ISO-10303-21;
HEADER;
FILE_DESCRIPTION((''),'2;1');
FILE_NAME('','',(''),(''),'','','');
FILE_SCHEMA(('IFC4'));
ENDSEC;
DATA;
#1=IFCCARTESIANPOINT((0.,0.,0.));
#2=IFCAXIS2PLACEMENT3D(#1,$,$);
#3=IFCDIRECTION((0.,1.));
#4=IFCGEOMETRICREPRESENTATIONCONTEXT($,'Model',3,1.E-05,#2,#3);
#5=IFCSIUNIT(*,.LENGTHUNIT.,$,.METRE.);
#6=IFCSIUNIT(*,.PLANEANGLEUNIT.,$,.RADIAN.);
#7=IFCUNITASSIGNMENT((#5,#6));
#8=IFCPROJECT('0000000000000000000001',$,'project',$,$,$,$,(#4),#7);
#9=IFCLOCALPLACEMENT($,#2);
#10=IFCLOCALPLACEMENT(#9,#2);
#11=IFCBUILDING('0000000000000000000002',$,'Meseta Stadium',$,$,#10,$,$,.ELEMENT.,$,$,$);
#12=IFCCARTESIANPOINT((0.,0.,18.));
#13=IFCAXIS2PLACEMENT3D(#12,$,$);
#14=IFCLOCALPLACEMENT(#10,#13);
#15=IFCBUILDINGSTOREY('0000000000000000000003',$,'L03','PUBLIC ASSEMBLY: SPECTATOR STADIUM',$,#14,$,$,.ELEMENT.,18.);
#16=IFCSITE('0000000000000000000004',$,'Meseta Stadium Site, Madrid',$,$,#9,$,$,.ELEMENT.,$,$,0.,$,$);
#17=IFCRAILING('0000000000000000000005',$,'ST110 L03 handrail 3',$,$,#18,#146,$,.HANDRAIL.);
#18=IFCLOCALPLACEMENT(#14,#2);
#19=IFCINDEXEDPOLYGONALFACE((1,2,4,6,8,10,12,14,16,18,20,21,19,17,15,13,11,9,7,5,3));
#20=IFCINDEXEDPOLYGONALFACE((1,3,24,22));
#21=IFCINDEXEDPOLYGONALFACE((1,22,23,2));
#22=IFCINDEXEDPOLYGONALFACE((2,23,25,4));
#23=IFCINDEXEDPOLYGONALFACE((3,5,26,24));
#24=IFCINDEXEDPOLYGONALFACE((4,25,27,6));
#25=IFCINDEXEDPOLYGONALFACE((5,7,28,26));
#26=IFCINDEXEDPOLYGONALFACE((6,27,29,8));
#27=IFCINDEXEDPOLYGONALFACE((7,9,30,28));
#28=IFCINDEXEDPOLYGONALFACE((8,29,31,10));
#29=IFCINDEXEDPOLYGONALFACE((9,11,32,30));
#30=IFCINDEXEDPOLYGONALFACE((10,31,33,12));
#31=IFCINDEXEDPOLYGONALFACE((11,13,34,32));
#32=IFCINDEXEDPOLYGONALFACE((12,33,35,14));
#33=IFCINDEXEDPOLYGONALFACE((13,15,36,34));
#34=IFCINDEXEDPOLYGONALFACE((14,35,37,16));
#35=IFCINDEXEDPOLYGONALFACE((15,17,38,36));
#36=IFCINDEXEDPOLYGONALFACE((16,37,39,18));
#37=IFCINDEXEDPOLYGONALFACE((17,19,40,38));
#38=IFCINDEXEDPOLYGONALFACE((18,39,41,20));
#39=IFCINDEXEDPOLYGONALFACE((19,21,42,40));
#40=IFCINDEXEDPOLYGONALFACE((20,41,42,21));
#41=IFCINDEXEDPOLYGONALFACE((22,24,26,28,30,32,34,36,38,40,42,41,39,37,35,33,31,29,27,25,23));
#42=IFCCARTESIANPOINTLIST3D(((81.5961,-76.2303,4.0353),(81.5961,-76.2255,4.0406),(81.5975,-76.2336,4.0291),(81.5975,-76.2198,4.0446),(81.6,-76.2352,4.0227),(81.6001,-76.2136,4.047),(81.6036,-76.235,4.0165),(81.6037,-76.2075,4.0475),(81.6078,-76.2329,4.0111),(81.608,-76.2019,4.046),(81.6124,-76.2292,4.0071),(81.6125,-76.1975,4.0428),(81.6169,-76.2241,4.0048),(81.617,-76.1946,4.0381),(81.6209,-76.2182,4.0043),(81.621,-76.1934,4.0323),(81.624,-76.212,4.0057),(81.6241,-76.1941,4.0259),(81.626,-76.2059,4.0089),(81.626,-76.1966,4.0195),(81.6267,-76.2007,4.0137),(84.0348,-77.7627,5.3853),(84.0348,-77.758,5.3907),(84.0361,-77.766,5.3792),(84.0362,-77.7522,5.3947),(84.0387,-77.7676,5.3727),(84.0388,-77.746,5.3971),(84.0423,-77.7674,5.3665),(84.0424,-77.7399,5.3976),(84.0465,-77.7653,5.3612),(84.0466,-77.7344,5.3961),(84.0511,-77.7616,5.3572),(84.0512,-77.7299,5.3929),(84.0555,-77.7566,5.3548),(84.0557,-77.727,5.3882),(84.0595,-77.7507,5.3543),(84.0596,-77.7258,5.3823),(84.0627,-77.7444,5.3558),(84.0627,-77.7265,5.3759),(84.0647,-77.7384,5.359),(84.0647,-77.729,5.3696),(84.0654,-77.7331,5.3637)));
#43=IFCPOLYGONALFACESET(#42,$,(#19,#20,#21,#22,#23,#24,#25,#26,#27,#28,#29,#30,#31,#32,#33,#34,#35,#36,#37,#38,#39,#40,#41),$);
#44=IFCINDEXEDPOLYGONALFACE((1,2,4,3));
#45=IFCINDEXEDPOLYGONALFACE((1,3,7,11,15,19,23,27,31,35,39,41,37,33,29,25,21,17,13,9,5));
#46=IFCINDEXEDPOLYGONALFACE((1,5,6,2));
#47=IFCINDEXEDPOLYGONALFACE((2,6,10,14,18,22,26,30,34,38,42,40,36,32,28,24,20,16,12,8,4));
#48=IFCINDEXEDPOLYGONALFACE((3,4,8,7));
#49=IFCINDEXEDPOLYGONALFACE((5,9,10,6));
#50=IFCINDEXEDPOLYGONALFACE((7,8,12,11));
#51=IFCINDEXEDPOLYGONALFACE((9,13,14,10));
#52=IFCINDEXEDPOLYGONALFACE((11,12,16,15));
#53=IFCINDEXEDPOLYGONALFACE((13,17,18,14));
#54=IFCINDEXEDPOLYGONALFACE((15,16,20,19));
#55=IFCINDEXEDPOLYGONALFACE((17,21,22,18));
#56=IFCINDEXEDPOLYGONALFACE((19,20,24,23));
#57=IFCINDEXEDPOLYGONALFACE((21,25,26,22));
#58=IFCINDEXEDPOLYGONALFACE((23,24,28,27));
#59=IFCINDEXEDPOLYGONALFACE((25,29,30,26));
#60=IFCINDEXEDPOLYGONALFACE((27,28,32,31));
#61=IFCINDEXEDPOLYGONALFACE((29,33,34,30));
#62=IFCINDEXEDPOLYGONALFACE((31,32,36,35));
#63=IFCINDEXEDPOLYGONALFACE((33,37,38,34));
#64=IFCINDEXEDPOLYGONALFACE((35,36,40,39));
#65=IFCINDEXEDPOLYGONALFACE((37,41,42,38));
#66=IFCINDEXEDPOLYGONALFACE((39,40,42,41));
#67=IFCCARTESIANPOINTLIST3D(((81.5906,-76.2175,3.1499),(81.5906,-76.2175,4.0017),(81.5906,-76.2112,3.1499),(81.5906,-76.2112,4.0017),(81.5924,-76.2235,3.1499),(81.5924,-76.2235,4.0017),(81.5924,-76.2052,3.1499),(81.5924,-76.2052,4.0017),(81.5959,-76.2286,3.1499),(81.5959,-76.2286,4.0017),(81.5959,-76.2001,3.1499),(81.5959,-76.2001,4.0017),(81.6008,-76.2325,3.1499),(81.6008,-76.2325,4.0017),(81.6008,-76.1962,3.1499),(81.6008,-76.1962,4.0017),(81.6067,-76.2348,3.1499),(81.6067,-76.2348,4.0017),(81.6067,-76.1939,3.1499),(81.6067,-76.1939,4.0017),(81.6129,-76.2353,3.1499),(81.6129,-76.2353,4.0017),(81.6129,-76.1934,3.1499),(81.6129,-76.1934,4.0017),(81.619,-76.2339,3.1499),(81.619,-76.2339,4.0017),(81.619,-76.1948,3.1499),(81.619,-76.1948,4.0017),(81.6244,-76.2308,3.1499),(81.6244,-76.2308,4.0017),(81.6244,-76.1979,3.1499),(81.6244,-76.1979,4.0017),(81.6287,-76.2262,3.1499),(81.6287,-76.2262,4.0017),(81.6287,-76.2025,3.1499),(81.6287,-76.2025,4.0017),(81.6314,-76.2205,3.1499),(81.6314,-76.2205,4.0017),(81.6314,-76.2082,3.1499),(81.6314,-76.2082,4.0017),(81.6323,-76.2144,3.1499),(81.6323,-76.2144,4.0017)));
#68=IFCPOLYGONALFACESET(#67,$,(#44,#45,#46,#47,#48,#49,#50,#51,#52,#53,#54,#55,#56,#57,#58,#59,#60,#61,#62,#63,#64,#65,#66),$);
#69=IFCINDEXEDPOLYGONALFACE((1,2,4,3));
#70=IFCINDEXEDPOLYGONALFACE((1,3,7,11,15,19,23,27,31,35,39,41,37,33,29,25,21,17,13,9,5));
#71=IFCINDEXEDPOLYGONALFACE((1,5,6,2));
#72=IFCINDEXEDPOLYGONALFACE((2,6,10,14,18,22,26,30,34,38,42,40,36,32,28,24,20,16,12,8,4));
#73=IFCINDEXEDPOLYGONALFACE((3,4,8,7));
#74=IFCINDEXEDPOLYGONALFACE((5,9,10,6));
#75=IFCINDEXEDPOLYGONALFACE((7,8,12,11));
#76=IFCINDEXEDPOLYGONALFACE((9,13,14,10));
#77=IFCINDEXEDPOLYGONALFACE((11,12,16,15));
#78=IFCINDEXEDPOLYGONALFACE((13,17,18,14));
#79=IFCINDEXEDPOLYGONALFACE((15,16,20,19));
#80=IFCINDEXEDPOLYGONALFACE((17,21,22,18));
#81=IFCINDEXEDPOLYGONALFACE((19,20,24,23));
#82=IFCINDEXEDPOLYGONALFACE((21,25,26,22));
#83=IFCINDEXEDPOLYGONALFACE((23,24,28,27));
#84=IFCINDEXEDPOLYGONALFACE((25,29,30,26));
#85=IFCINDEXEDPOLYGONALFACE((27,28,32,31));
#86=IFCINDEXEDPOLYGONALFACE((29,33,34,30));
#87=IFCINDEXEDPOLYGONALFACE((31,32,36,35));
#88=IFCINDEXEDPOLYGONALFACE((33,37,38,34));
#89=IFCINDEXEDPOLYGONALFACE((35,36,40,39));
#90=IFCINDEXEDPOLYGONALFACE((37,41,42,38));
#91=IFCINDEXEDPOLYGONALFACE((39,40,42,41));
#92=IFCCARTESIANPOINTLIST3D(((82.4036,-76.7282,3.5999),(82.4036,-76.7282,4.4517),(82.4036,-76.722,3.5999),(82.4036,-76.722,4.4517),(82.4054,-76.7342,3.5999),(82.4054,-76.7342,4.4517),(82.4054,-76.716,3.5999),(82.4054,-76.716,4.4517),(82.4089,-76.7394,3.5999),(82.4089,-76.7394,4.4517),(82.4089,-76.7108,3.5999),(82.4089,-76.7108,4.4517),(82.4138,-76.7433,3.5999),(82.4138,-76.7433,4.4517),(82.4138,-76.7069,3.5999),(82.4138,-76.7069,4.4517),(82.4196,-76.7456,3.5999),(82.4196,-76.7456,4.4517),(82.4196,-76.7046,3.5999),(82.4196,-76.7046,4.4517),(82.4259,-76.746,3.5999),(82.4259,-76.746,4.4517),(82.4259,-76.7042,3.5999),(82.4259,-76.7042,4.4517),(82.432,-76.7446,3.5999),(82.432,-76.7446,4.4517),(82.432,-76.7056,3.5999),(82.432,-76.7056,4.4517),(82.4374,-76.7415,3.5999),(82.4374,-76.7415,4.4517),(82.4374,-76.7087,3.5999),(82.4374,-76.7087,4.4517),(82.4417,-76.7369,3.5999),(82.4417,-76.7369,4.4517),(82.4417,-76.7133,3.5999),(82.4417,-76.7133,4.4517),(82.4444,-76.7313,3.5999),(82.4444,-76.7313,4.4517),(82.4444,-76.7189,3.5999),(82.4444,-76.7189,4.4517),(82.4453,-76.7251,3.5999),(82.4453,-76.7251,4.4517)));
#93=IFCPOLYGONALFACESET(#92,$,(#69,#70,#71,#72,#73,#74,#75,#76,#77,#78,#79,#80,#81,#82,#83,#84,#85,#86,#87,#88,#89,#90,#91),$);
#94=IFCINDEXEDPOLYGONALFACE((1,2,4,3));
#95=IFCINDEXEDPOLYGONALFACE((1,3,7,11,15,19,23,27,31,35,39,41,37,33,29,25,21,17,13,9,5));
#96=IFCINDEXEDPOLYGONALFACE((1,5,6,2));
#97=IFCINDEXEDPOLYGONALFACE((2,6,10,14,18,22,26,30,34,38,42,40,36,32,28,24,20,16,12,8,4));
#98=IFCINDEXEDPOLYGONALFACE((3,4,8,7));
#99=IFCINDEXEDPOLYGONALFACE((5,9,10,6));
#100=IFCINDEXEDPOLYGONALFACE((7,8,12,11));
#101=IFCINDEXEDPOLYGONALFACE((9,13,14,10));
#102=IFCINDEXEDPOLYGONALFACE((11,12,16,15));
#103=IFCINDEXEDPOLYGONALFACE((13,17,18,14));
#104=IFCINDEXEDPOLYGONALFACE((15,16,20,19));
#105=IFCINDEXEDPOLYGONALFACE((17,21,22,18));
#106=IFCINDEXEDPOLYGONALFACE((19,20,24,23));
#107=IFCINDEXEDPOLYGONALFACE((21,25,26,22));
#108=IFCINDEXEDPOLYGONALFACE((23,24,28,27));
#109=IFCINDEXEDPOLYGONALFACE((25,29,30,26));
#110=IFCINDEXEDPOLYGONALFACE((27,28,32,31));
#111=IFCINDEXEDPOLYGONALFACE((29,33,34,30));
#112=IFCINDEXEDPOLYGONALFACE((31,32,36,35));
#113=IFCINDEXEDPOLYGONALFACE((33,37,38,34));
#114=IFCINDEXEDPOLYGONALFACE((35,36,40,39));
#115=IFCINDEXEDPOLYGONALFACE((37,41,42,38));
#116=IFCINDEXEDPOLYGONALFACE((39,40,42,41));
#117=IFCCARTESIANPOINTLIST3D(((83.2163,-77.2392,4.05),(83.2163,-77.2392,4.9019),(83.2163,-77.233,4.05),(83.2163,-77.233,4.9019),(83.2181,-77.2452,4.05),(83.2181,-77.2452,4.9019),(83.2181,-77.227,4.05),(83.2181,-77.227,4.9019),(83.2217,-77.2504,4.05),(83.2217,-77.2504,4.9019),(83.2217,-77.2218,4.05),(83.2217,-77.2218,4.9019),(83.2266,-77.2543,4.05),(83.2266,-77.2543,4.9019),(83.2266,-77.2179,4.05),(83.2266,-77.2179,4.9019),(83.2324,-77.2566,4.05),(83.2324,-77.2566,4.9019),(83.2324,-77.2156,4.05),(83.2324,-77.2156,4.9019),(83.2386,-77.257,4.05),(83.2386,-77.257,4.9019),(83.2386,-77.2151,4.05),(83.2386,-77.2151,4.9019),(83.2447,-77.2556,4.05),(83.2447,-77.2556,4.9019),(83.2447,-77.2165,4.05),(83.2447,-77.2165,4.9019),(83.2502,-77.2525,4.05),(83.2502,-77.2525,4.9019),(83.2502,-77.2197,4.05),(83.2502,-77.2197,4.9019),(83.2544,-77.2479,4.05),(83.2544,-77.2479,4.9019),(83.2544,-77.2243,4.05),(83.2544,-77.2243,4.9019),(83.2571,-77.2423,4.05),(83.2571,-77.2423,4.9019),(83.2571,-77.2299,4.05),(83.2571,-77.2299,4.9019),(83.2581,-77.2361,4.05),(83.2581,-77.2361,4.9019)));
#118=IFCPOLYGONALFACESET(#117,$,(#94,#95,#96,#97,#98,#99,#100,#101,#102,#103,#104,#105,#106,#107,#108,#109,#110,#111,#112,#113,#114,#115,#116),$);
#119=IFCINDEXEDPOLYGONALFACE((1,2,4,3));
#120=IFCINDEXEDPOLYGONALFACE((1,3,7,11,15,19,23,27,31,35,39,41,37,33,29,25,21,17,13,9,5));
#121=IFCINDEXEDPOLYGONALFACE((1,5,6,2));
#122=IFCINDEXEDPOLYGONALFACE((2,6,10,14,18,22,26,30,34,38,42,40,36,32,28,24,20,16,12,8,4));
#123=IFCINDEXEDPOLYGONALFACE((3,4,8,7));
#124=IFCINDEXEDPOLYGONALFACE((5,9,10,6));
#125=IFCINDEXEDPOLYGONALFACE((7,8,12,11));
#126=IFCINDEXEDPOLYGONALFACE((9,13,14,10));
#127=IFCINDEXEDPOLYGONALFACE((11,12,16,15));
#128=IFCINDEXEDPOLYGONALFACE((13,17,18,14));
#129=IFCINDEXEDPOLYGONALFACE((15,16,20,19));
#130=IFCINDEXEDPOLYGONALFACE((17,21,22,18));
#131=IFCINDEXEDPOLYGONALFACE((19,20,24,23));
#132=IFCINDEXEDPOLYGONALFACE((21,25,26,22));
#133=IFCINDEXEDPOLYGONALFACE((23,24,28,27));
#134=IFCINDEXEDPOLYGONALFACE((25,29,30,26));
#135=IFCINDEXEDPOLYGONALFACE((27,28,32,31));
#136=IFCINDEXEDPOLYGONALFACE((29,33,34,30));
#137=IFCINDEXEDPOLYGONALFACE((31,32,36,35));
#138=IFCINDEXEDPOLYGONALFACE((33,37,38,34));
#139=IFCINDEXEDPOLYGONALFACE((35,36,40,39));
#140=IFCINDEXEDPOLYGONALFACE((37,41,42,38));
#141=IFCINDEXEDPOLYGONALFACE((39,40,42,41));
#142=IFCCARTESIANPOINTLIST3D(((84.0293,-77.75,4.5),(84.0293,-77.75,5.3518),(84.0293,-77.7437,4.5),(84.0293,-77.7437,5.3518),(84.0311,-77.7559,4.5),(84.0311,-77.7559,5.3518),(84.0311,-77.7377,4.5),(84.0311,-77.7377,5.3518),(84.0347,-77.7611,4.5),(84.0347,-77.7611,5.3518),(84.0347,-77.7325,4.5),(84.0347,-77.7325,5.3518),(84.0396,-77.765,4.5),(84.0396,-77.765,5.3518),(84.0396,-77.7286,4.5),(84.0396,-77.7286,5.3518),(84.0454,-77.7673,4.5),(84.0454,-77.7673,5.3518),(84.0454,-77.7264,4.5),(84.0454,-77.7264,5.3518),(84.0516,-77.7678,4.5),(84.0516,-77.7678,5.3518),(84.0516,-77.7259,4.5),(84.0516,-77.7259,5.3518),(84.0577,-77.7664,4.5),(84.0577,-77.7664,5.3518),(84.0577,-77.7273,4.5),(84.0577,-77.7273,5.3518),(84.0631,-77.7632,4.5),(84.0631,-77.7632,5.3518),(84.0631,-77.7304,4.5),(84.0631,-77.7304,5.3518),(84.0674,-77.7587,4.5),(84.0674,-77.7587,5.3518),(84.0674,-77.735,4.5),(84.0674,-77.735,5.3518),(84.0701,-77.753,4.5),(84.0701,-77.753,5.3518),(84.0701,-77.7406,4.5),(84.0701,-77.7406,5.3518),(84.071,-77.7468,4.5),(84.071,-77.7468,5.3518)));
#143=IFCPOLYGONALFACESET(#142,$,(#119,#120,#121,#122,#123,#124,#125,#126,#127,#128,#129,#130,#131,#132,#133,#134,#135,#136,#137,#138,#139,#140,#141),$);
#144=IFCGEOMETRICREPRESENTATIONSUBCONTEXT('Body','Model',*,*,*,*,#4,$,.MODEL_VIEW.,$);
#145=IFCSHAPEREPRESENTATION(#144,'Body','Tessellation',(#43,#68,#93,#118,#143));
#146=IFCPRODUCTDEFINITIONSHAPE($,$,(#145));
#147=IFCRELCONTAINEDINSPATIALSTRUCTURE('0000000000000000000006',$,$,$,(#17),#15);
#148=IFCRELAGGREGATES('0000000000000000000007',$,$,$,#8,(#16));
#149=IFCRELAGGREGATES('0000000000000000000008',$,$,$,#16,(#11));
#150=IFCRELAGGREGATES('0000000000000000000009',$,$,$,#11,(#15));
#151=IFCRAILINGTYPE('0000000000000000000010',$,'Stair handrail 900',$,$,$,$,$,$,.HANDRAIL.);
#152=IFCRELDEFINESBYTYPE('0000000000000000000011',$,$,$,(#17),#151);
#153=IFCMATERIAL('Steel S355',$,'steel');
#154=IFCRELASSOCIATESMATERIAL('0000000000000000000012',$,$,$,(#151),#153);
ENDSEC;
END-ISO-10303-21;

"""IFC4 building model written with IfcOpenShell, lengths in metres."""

from ifc_helpers import new_model, si_unit, direction, frame, origin, origin_2d, place, context, subcontext, project, spatial, circle, extrude, material, type_object, element, save


model = new_model("IFC4")

# Units and contexts
model_context = context("Model", 3, precision=1e-05, world=origin(), true_north=direction((0.0, 1.0)))
body_context = subcontext(model_context, "Body", "Model", "MODEL_VIEW")
ifc_project = project(units=[si_unit("LENGTHUNIT", "METRE"), si_unit("PLANEANGLEUNIT", "RADIAN")], contexts=[model_context])

# Site, building, storey
site_placement = place(None, origin())
site = spatial("IfcSite", under=ifc_project, at=site_placement, Name="Meseta Stadium Site, Madrid", CompositionType="ELEMENT", RefElevation=0.0)
building_placement = place(site_placement, origin())
building = spatial("IfcBuilding", under=site, at=building_placement, Name="Meseta Stadium", CompositionType="ELEMENT")
storey_placement = place(building_placement, frame((0.0, 0.0, 18.0)))
storey = spatial("IfcBuildingStorey", under=building, at=storey_placement, Name="L03", Description="PUBLIC ASSEMBLY: SPECTATOR STADIUM", CompositionType="ELEMENT", Elevation=18.0)

# Railing
ifc_material_1 = material(Name="Steel S355", Category="steel")
railing_type_1 = type_object("IfcRailingType", Name="Stair handrail 900", PredefinedType="HANDRAIL", material=ifc_material_1)
for number, where, name in (
    (1, (81.6113, -76.2144, 3.1499), "ST110 L03 handrail 3"),
):
    element("IfcRailing", number, at=place(storey_placement, frame(where)), inside=storey, type_object=railing_type_1, Name=name, PredefinedType="HANDRAIL", context=body_context, shape_type="SweptSolid", body=[
        extrude(circle(Radius=0.0239, at=origin_2d()), frame((0.0, 0.0, 0.876), z_axis=(0.766659, -0.481762, 0.424429), x_axis=(0.532062, 0.846705, 0.0)), (0.0, 0.0, 1.0), 3.1809),
        extrude(circle(Radius=0.021, at=origin_2d()), origin(), (0.0, 0.0, 1.0), 0.8518),
        extrude(circle(Radius=0.021, at=origin_2d()), frame((0.813, -0.5107, 0.45)), (0.0, 0.0, 1.0), 0.8518),
        extrude(circle(Radius=0.021, at=origin_2d()), frame((1.6257, -1.0217, 0.9001)), (0.0, 0.0, 1.0), 0.8518),
        extrude(circle(Radius=0.021, at=origin_2d()), frame((2.4387, -1.5325, 1.3501)), (0.0, 0.0, 1.0), 0.8518),
    ])

save(model, "model.ifc")
